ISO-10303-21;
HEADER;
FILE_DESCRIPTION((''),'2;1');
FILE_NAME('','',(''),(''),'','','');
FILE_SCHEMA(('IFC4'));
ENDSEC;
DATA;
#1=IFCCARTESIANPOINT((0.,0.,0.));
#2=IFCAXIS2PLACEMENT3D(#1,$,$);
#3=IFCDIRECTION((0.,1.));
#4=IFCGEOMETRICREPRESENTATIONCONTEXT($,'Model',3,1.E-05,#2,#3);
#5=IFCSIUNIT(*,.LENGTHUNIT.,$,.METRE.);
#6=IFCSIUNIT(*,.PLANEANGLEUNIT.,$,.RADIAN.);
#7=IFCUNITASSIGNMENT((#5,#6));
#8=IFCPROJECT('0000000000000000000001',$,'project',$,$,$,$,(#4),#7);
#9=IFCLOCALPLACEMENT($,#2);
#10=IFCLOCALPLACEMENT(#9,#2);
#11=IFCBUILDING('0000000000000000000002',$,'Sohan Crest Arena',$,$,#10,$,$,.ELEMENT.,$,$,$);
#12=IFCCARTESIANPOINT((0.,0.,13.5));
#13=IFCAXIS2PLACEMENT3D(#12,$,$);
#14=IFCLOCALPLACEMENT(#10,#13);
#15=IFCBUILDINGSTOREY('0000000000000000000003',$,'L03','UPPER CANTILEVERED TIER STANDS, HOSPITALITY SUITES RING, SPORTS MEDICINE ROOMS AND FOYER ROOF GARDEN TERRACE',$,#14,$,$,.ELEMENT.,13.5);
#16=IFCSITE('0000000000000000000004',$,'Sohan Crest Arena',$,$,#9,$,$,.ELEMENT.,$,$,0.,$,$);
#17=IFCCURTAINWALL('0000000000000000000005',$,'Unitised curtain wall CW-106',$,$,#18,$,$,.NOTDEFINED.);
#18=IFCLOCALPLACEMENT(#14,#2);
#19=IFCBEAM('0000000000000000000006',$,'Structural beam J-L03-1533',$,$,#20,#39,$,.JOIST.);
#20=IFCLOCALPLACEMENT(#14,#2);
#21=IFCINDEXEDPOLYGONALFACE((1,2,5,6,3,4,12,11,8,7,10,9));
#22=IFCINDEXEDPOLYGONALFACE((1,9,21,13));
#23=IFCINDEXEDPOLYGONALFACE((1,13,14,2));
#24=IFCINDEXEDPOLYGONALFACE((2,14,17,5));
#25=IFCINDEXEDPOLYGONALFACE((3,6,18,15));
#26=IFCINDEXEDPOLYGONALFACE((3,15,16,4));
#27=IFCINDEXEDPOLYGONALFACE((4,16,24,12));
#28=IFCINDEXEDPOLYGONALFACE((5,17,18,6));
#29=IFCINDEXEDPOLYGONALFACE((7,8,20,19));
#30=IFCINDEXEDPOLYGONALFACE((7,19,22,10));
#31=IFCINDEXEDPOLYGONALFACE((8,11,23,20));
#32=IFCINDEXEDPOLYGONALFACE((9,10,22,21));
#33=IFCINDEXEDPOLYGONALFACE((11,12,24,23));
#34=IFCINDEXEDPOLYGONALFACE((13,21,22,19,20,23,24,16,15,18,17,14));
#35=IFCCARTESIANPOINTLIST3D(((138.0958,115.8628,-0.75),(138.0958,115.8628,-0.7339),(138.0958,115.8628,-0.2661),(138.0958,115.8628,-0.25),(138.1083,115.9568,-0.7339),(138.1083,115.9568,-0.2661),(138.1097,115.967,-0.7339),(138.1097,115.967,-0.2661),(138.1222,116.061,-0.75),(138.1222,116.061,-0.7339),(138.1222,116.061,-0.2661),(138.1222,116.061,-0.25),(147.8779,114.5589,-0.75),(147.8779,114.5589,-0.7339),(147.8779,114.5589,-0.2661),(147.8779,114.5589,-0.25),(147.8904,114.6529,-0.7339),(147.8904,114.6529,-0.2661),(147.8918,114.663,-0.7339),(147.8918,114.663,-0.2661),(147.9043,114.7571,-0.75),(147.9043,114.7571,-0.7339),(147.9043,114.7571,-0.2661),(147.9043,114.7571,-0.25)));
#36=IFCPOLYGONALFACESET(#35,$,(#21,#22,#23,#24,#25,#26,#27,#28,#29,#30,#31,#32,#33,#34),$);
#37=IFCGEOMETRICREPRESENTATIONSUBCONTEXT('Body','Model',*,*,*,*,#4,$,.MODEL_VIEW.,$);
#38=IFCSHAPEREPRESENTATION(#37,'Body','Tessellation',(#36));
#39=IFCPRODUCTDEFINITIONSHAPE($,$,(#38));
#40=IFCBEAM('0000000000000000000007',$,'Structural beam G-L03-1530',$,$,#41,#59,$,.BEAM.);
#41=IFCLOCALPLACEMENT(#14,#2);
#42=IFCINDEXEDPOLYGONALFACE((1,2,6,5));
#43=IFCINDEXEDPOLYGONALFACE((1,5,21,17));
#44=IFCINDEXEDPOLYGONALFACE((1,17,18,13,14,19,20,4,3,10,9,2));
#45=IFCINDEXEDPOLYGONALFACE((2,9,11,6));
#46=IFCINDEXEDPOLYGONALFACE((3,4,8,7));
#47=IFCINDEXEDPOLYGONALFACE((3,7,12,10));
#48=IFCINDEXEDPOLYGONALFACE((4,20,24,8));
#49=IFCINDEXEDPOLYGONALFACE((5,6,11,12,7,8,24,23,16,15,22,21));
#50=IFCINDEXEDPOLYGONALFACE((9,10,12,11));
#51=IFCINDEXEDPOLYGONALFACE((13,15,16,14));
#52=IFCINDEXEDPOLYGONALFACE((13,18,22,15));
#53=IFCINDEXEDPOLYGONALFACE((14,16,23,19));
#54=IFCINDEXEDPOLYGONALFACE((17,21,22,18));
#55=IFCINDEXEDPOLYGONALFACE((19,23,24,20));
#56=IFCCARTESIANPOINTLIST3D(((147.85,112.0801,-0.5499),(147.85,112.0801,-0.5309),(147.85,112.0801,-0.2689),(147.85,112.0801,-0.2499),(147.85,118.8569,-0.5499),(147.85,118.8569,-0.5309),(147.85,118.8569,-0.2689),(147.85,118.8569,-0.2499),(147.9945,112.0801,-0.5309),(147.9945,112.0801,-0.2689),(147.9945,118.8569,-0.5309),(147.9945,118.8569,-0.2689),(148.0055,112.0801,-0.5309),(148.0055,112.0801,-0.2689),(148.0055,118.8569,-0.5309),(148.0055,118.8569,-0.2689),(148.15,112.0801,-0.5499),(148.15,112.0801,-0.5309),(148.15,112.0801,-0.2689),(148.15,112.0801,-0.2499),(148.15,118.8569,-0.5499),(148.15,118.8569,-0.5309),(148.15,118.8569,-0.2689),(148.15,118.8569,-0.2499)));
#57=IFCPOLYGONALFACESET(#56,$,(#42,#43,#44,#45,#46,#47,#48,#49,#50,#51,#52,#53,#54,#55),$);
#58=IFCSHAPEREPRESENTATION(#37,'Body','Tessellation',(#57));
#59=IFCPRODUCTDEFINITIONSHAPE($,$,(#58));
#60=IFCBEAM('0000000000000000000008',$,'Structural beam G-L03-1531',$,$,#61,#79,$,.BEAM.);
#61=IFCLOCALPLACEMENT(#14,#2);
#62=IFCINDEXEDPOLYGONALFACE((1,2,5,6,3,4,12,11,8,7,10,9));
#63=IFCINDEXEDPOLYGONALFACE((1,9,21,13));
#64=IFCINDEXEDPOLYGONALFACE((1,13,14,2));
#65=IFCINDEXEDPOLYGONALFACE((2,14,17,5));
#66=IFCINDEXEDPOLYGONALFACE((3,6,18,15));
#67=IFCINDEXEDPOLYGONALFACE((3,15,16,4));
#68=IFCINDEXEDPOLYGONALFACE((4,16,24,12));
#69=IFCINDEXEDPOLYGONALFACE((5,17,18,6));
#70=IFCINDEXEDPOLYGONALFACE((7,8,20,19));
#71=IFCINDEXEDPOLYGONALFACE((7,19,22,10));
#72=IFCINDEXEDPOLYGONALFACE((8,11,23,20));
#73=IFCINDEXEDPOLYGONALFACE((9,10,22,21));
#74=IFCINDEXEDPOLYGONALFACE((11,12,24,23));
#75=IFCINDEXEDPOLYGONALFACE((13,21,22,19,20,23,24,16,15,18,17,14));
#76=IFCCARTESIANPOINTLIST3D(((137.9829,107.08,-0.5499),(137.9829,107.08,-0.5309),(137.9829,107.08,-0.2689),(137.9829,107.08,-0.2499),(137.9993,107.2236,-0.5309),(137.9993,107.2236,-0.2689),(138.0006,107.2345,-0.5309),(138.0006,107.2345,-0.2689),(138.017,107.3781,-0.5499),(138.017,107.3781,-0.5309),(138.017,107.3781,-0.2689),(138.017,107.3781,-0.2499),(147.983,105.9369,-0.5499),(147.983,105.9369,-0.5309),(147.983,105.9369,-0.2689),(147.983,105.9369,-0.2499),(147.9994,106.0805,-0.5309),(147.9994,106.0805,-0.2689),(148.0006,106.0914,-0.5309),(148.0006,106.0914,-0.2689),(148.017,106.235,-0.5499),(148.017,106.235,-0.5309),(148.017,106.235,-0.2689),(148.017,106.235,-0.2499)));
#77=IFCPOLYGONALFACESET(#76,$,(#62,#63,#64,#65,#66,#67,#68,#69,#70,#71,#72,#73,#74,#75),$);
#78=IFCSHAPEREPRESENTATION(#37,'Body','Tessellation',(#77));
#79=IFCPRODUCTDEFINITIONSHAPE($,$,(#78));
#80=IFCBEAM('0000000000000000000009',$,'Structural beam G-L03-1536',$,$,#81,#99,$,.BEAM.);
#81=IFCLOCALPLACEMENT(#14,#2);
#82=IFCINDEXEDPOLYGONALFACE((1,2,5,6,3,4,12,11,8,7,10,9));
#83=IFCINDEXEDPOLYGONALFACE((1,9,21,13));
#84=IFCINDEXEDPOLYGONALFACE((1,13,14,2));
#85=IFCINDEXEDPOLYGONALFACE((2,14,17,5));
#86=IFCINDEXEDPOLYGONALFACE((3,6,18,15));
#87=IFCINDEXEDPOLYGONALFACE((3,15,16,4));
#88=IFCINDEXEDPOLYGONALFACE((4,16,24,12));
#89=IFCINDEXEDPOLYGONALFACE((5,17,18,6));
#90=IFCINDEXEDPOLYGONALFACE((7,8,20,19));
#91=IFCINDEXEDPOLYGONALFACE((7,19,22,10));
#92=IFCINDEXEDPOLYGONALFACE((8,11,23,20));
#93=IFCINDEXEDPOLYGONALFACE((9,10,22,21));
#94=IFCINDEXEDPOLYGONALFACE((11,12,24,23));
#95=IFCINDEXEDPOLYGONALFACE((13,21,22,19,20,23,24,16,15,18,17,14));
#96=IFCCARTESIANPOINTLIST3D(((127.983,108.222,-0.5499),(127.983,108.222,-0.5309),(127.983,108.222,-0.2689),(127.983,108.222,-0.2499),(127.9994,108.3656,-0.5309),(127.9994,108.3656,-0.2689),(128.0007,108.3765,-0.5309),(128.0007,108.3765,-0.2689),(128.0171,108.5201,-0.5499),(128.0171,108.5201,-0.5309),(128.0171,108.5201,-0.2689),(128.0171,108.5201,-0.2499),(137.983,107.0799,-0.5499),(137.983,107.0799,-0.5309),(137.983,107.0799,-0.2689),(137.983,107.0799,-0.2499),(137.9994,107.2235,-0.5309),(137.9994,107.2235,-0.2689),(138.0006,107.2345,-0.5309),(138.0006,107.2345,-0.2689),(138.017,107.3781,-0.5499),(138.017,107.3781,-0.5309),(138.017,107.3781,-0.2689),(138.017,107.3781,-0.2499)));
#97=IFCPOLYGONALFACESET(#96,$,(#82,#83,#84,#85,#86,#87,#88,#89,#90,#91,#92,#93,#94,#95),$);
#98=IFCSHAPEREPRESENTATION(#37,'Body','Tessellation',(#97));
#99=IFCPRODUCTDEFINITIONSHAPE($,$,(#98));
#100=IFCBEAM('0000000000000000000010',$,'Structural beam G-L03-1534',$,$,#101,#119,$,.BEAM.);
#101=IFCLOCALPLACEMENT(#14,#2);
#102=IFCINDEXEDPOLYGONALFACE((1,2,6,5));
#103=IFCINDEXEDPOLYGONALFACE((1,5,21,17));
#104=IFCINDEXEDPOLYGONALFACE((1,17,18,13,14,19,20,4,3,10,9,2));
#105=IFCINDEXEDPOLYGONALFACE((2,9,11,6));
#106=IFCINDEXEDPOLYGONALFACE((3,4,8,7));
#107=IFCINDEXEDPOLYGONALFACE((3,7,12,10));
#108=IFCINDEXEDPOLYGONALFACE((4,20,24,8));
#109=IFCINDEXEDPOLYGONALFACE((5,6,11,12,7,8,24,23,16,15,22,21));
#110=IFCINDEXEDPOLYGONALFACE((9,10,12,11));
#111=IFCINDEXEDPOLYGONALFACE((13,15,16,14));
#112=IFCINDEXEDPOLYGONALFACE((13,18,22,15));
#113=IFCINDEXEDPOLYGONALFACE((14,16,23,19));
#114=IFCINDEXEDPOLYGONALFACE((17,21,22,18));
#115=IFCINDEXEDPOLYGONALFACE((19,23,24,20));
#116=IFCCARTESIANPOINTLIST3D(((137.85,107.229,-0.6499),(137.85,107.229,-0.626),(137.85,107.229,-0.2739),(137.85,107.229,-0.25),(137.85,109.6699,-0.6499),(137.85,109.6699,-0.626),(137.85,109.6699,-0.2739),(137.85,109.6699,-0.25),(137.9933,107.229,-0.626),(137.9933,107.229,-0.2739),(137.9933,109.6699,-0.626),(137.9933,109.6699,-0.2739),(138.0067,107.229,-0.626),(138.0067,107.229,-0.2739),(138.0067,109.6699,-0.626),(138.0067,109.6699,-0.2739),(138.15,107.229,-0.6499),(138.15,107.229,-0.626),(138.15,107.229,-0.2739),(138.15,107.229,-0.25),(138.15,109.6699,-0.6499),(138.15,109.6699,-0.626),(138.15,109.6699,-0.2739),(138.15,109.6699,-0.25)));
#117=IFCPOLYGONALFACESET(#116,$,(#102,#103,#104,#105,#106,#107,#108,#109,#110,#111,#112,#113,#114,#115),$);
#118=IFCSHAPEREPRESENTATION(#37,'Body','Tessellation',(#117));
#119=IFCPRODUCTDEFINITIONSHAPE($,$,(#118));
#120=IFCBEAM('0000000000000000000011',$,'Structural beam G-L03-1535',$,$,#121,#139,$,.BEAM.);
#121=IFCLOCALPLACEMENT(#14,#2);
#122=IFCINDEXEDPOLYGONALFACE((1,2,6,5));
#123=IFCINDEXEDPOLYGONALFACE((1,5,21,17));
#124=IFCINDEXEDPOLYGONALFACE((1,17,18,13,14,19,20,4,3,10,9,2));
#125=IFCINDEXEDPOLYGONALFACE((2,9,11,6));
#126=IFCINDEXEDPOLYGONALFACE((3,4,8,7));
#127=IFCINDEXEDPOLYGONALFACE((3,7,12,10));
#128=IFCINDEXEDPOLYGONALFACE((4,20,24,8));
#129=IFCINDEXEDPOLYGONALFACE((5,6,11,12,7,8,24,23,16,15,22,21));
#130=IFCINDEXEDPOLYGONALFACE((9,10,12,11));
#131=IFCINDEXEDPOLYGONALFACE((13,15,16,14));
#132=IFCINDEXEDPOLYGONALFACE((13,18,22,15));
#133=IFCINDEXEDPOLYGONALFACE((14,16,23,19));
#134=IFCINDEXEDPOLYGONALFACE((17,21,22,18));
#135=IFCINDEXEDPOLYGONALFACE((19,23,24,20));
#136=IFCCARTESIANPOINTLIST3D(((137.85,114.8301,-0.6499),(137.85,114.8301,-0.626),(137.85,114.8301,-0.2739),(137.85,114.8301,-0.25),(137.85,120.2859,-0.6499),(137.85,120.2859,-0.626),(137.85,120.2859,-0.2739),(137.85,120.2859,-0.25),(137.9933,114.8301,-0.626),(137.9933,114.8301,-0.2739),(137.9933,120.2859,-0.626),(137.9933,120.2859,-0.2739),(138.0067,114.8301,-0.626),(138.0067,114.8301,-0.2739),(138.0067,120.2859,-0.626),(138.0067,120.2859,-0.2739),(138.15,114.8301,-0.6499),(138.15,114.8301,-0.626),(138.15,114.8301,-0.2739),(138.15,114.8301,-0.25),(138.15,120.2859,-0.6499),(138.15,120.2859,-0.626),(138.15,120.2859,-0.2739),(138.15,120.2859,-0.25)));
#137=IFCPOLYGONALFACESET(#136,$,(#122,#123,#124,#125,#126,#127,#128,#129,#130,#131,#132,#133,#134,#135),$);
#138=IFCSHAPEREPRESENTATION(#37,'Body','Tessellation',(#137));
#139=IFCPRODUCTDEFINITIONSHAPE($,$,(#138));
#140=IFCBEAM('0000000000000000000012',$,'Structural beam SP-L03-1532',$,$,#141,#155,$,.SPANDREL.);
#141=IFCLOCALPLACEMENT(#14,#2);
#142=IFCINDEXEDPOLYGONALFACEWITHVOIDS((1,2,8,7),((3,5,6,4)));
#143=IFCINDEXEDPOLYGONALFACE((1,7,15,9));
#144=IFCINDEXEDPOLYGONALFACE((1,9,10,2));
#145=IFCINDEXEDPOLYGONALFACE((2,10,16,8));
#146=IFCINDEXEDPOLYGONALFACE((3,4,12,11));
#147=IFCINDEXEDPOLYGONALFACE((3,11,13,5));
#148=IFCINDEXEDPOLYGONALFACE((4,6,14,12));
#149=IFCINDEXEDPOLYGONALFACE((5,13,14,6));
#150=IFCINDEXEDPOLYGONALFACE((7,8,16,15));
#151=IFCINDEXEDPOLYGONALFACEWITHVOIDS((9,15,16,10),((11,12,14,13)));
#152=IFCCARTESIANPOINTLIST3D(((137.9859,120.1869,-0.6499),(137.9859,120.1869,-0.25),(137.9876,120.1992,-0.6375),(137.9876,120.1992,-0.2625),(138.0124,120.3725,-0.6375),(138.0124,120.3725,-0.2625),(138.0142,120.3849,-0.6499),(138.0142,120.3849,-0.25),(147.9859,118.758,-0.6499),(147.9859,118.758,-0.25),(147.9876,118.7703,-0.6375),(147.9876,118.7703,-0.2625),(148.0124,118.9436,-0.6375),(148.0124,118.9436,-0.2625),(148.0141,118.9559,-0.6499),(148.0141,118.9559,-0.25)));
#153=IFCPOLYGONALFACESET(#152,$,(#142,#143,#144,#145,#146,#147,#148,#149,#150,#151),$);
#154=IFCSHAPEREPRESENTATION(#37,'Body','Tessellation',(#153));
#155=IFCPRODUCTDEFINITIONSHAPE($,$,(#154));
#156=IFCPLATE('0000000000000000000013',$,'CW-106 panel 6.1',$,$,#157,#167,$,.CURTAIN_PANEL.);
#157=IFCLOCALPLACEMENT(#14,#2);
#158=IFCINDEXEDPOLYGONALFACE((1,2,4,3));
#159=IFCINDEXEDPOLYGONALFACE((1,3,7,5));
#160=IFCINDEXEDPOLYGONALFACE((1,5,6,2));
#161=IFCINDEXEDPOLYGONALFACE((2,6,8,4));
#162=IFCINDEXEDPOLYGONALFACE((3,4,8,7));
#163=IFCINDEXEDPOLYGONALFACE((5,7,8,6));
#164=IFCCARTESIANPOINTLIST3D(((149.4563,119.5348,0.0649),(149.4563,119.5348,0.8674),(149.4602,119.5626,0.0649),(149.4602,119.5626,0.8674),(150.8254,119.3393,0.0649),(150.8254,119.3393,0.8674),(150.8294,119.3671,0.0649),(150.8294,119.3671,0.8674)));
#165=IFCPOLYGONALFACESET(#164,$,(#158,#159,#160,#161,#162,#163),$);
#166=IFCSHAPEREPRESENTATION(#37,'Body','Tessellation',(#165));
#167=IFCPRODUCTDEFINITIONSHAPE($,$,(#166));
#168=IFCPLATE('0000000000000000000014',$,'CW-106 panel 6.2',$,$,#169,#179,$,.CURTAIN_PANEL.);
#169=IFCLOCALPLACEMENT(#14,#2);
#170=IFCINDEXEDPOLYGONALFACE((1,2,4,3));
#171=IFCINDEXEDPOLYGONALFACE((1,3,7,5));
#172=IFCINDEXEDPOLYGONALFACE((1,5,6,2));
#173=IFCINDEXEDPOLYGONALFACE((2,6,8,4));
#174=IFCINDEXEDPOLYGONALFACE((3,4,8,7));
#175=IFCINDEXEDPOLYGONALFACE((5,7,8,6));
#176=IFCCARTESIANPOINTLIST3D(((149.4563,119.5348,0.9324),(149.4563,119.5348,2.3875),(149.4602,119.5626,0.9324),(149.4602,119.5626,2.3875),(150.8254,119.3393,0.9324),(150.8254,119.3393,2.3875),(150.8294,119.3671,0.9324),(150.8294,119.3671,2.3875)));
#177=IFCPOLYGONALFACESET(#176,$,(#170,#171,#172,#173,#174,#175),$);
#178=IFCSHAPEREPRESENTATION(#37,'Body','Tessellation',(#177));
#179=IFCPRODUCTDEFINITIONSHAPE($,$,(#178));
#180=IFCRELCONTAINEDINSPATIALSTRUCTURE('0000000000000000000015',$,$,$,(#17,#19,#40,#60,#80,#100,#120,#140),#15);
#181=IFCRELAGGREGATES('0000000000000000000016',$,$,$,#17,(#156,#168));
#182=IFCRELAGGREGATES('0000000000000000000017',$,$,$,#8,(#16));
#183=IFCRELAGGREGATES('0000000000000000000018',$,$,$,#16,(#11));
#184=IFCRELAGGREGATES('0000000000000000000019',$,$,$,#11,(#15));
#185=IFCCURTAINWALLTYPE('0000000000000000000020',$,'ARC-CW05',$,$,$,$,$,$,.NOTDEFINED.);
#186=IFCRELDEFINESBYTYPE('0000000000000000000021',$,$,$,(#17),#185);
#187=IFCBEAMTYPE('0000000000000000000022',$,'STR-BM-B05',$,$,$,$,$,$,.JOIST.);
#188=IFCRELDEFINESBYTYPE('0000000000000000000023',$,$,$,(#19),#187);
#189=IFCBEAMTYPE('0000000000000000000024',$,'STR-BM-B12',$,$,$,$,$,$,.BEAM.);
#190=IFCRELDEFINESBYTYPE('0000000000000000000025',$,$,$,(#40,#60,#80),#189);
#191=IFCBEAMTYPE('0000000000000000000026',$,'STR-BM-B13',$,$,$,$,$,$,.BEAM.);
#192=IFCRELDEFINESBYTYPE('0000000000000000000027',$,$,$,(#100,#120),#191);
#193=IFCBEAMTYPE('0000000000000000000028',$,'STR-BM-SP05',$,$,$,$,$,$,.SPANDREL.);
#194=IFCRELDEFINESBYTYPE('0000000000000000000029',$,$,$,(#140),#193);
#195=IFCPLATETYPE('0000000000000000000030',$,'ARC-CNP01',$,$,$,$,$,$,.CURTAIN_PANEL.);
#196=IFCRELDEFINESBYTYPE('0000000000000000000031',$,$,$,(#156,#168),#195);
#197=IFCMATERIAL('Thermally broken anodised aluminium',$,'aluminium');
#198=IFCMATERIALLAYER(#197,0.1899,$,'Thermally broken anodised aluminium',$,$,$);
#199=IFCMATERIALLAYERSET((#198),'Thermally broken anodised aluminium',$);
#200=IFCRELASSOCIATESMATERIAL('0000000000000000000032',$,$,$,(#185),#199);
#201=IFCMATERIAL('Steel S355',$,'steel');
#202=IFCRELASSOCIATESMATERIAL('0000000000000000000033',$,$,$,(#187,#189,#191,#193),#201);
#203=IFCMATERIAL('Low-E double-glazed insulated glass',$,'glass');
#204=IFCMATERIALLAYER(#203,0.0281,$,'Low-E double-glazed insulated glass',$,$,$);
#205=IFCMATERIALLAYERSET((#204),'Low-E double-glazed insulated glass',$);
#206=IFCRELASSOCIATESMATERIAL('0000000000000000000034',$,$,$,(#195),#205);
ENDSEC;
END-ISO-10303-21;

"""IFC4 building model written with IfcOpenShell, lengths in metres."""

from ifc_helpers import new_model, si_unit, direction, frame, origin, origin_2d, place, context, subcontext, project, spatial, rectangle, hollow_rectangle, i_section, extrude, material, layer, layer_set, material_profile, profile_set, type_object, element, aggregate, save


model = new_model("IFC4")

# Units and contexts
model_context = context("Model", 3, precision=1e-05, world=origin(), true_north=direction((0.0, 1.0)))
body_context = subcontext(model_context, "Body", "Model", "MODEL_VIEW")
ifc_project = project(units=[si_unit("LENGTHUNIT", "METRE"), si_unit("PLANEANGLEUNIT", "RADIAN")], contexts=[model_context])

# Site, building, storey
site_placement = place(None, origin())
site = spatial("IfcSite", under=ifc_project, at=site_placement, Name="Sohan Crest Arena", CompositionType="ELEMENT", RefElevation=0.0)
building_placement = place(site_placement, origin())
building = spatial("IfcBuilding", under=site, at=building_placement, Name="Sohan Crest Arena", CompositionType="ELEMENT")
storey_placement = place(building_placement, frame((0.0, 0.0, 13.5)))
storey = spatial("IfcBuildingStorey", under=building, at=storey_placement, Name="L03", Description="UPPER CANTILEVERED TIER STANDS, HOSPITALITY SUITES RING, SPORTS MEDICINE ROOMS AND FOYER ROOF GARDEN TERRACE", CompositionType="ELEMENT", Elevation=13.5)

# Shared definitions
ifc_material_1 = material(Name="Steel S355", Category="steel")

# Curtain wall
ifc_material_2 = material(Name="Thermally broken anodised aluminium", Category="aluminium")
ifc_layer_1 = layer(ifc_material_2, 0.1899, Name="Thermally broken anodised aluminium")
ifc_layer_set_1 = layer_set([ifc_layer_1], Name="Thermally broken anodised aluminium")
curtain_wall_type = type_object("IfcCurtainWallType", Name="ARC-CW05", PredefinedType="NOTDEFINED", material=ifc_layer_set_1)
curtain_wall_placement = place(storey_placement, origin())
curtain_wall = element("IfcCurtainWall", 1, at=curtain_wall_placement, inside=storey, type_object=curtain_wall_type, Name="Unitised curtain wall CW-106", PredefinedType="NOTDEFINED")

# Beams
ifc_material_profile_1 = material_profile(ifc_material_1, i_section(OverallWidth=0.2, OverallDepth=0.5, WebThickness=0.0103, FlangeThickness=0.0161, at=origin_2d()), Name="IPE 500")
ifc_profile_set_1 = profile_set([ifc_material_profile_1], Name="Steel S355")
beam_type_1 = type_object("IfcBeamType", Name="STR-BM-B05", PredefinedType="JOIST", material=ifc_profile_set_1)
beam_1_placement = place(storey_placement, frame((147.8911, 114.658, -0.5), z_axis=(-0.991232, 0.13213, 0.0), x_axis=(-0.13213, -0.991232, 0.0)))
element("IfcBeam", 2, at=beam_1_placement, inside=storey, type_object=beam_type_1, Name="Structural beam J-L03-1533", PredefinedType="JOIST", context=body_context, shape_type="SweptSolid", body=[
    extrude(i_section(OverallWidth=0.2, OverallDepth=0.5, WebThickness=0.0103, FlangeThickness=0.0161, at=origin_2d()), origin(), (0.0, 0.0, 1.0), 9.8687),
])
ifc_material_profile_2 = material_profile(ifc_material_1, i_section(OverallWidth=0.3, OverallDepth=0.3, WebThickness=0.011, FlangeThickness=0.019, at=origin_2d()), Name="HEB 300")
ifc_profile_set_2 = profile_set([ifc_material_profile_2], Name="Steel S355")
beam_type_2 = type_object("IfcBeamType", Name="STR-BM-B12", PredefinedType="BEAM", material=ifc_profile_set_2)
beam_2_placement = place(storey_placement, frame((148.0, 112.0801, -0.3999), z_axis=(0.0, 1.0, 0.0), x_axis=(-1.0, 0.0, 0.0)))
element("IfcBeam", 3, at=beam_2_placement, inside=storey, type_object=beam_type_2, Name="Structural beam G-L03-1530", PredefinedType="BEAM", context=body_context, shape_type="SweptSolid", body=[
    extrude(i_section(OverallWidth=0.3, OverallDepth=0.3, WebThickness=0.011, FlangeThickness=0.019, at=origin_2d()), origin(), (0.0, 0.0, 1.0), 6.7769),
])
beam_3_placement = place(storey_placement, frame((148.0, 106.0859, -0.3999), z_axis=(-0.99353, 0.113567, 0.0), x_axis=(-0.113567, -0.99353, 0.0)))
element("IfcBeam", 4, at=beam_3_placement, inside=storey, type_object=beam_type_2, Name="Structural beam G-L03-1531", PredefinedType="BEAM", context=body_context, shape_type="SweptSolid", body=[
    extrude(i_section(OverallWidth=0.3, OverallDepth=0.3, WebThickness=0.011, FlangeThickness=0.019, at=origin_2d()), origin(), (0.0, 0.0, 1.0), 10.0652),
])
beam_4_placement = place(storey_placement, frame((138.0, 107.229, -0.3999), z_axis=(-0.993541, 0.113471, 0.0), x_axis=(-0.113471, -0.993541, 0.0)))
element("IfcBeam", 5, at=beam_4_placement, inside=storey, type_object=beam_type_2, Name="Structural beam G-L03-1536", PredefinedType="BEAM", context=body_context, shape_type="SweptSolid", body=[
    extrude(i_section(OverallWidth=0.3, OverallDepth=0.3, WebThickness=0.011, FlangeThickness=0.019, at=origin_2d()), origin(), (0.0, 0.0, 1.0), 10.0649),
])
ifc_material_profile_3 = material_profile(ifc_material_1, i_section(OverallWidth=0.3, OverallDepth=0.3999, WebThickness=0.0134, FlangeThickness=0.0239, at=origin_2d()), Name="HEB 400")
ifc_profile_set_3 = profile_set([ifc_material_profile_3], Name="Steel S355")
beam_type_3 = type_object("IfcBeamType", Name="STR-BM-B13", PredefinedType="BEAM", material=ifc_profile_set_3)
beam_5_placement = place(storey_placement, frame((138.0, 107.229, -0.45), z_axis=(0.0, 1.0, 0.0), x_axis=(-1.0, 0.0, 0.0)))
element("IfcBeam", 6, at=beam_5_placement, inside=storey, type_object=beam_type_3, Name="Structural beam G-L03-1534", PredefinedType="BEAM", context=body_context, shape_type="SweptSolid", body=[
    extrude(i_section(OverallWidth=0.3, OverallDepth=0.3999, WebThickness=0.0134, FlangeThickness=0.0239, at=origin_2d()), origin(), (0.0, 0.0, 1.0), 2.4409),
])
beam_6_placement = place(storey_placement, frame((138.0, 114.8301, -0.45), z_axis=(0.0, 1.0, 0.0), x_axis=(-1.0, 0.0, 0.0)))
element("IfcBeam", 7, at=beam_6_placement, inside=storey, type_object=beam_type_3, Name="Structural beam G-L03-1535", PredefinedType="BEAM", context=body_context, shape_type="SweptSolid", body=[
    extrude(i_section(OverallWidth=0.3, OverallDepth=0.3999, WebThickness=0.0134, FlangeThickness=0.0239, at=origin_2d()), origin(), (0.0, 0.0, 1.0), 5.4558),
])
ifc_material_profile_4 = material_profile(ifc_material_1, hollow_rectangle(XDim=0.2, YDim=0.3999, WallThickness=0.0125, at=origin_2d()), Name="RHS 400x200x12.5")
ifc_profile_set_4 = profile_set([ifc_material_profile_4], Name="Steel S355")
beam_type_4 = type_object("IfcBeamType", Name="STR-BM-SP05", PredefinedType="SPANDREL", material=ifc_profile_set_4)
beam_7_placement = place(storey_placement, frame((148.0, 118.8569, -0.45), z_axis=(-0.989944, 0.141459, 0.0), x_axis=(-0.141459, -0.989944, 0.0)))
element("IfcBeam", 8, at=beam_7_placement, inside=storey, type_object=beam_type_4, Name="Structural beam SP-L03-1532", PredefinedType="SPANDREL", context=body_context, shape_type="SweptSolid", body=[
    extrude(hollow_rectangle(XDim=0.2, YDim=0.3999, WallThickness=0.0125, at=origin_2d()), origin(), (0.0, 0.0, 1.0), 10.1016),
])

# Plates
ifc_material_3 = material(Name="Low-E double-glazed insulated glass", Category="glass")
ifc_layer_2 = layer(ifc_material_3, 0.0281, Name="Low-E double-glazed insulated glass")
ifc_layer_set_2 = layer_set([ifc_layer_2], Name="Low-E double-glazed insulated glass")
plate_type = type_object("IfcPlateType", Name="ARC-CNP01", PredefinedType="CURTAIN_PANEL", material=ifc_layer_set_2)
plate_1_placement = place(storey_placement, frame((150.1428, 119.4509, 0.0649), z_axis=(0.0, 0.0, 1.0), x_axis=(-0.989957, 0.141366, 0.0)))
plate_1 = element("IfcPlate", 9, at=plate_1_placement, type_object=plate_type, Name="CW-106 panel 6.1", PredefinedType="CURTAIN_PANEL", context=body_context, shape_type="SweptSolid", body=[
    extrude(rectangle(XDim=1.3831, YDim=0.0281, at=origin_2d()), origin(), (0.0, 0.0, 1.0), 0.8025),
])
plate_2_placement = place(storey_placement, frame((150.1428, 119.4509, 0.9324), z_axis=(0.0, 0.0, 1.0), x_axis=(-0.989957, 0.141366, 0.0)))
plate_2 = element("IfcPlate", 10, at=plate_2_placement, type_object=plate_type, Name="CW-106 panel 6.2", PredefinedType="CURTAIN_PANEL", context=body_context, shape_type="SweptSolid", body=[
    extrude(rectangle(XDim=1.3831, YDim=0.0281, at=origin_2d()), origin(), (0.0, 0.0, 1.0), 1.4551),
])
aggregate(curtain_wall, [plate_1, plate_2])

save(model, "model.ifc")
